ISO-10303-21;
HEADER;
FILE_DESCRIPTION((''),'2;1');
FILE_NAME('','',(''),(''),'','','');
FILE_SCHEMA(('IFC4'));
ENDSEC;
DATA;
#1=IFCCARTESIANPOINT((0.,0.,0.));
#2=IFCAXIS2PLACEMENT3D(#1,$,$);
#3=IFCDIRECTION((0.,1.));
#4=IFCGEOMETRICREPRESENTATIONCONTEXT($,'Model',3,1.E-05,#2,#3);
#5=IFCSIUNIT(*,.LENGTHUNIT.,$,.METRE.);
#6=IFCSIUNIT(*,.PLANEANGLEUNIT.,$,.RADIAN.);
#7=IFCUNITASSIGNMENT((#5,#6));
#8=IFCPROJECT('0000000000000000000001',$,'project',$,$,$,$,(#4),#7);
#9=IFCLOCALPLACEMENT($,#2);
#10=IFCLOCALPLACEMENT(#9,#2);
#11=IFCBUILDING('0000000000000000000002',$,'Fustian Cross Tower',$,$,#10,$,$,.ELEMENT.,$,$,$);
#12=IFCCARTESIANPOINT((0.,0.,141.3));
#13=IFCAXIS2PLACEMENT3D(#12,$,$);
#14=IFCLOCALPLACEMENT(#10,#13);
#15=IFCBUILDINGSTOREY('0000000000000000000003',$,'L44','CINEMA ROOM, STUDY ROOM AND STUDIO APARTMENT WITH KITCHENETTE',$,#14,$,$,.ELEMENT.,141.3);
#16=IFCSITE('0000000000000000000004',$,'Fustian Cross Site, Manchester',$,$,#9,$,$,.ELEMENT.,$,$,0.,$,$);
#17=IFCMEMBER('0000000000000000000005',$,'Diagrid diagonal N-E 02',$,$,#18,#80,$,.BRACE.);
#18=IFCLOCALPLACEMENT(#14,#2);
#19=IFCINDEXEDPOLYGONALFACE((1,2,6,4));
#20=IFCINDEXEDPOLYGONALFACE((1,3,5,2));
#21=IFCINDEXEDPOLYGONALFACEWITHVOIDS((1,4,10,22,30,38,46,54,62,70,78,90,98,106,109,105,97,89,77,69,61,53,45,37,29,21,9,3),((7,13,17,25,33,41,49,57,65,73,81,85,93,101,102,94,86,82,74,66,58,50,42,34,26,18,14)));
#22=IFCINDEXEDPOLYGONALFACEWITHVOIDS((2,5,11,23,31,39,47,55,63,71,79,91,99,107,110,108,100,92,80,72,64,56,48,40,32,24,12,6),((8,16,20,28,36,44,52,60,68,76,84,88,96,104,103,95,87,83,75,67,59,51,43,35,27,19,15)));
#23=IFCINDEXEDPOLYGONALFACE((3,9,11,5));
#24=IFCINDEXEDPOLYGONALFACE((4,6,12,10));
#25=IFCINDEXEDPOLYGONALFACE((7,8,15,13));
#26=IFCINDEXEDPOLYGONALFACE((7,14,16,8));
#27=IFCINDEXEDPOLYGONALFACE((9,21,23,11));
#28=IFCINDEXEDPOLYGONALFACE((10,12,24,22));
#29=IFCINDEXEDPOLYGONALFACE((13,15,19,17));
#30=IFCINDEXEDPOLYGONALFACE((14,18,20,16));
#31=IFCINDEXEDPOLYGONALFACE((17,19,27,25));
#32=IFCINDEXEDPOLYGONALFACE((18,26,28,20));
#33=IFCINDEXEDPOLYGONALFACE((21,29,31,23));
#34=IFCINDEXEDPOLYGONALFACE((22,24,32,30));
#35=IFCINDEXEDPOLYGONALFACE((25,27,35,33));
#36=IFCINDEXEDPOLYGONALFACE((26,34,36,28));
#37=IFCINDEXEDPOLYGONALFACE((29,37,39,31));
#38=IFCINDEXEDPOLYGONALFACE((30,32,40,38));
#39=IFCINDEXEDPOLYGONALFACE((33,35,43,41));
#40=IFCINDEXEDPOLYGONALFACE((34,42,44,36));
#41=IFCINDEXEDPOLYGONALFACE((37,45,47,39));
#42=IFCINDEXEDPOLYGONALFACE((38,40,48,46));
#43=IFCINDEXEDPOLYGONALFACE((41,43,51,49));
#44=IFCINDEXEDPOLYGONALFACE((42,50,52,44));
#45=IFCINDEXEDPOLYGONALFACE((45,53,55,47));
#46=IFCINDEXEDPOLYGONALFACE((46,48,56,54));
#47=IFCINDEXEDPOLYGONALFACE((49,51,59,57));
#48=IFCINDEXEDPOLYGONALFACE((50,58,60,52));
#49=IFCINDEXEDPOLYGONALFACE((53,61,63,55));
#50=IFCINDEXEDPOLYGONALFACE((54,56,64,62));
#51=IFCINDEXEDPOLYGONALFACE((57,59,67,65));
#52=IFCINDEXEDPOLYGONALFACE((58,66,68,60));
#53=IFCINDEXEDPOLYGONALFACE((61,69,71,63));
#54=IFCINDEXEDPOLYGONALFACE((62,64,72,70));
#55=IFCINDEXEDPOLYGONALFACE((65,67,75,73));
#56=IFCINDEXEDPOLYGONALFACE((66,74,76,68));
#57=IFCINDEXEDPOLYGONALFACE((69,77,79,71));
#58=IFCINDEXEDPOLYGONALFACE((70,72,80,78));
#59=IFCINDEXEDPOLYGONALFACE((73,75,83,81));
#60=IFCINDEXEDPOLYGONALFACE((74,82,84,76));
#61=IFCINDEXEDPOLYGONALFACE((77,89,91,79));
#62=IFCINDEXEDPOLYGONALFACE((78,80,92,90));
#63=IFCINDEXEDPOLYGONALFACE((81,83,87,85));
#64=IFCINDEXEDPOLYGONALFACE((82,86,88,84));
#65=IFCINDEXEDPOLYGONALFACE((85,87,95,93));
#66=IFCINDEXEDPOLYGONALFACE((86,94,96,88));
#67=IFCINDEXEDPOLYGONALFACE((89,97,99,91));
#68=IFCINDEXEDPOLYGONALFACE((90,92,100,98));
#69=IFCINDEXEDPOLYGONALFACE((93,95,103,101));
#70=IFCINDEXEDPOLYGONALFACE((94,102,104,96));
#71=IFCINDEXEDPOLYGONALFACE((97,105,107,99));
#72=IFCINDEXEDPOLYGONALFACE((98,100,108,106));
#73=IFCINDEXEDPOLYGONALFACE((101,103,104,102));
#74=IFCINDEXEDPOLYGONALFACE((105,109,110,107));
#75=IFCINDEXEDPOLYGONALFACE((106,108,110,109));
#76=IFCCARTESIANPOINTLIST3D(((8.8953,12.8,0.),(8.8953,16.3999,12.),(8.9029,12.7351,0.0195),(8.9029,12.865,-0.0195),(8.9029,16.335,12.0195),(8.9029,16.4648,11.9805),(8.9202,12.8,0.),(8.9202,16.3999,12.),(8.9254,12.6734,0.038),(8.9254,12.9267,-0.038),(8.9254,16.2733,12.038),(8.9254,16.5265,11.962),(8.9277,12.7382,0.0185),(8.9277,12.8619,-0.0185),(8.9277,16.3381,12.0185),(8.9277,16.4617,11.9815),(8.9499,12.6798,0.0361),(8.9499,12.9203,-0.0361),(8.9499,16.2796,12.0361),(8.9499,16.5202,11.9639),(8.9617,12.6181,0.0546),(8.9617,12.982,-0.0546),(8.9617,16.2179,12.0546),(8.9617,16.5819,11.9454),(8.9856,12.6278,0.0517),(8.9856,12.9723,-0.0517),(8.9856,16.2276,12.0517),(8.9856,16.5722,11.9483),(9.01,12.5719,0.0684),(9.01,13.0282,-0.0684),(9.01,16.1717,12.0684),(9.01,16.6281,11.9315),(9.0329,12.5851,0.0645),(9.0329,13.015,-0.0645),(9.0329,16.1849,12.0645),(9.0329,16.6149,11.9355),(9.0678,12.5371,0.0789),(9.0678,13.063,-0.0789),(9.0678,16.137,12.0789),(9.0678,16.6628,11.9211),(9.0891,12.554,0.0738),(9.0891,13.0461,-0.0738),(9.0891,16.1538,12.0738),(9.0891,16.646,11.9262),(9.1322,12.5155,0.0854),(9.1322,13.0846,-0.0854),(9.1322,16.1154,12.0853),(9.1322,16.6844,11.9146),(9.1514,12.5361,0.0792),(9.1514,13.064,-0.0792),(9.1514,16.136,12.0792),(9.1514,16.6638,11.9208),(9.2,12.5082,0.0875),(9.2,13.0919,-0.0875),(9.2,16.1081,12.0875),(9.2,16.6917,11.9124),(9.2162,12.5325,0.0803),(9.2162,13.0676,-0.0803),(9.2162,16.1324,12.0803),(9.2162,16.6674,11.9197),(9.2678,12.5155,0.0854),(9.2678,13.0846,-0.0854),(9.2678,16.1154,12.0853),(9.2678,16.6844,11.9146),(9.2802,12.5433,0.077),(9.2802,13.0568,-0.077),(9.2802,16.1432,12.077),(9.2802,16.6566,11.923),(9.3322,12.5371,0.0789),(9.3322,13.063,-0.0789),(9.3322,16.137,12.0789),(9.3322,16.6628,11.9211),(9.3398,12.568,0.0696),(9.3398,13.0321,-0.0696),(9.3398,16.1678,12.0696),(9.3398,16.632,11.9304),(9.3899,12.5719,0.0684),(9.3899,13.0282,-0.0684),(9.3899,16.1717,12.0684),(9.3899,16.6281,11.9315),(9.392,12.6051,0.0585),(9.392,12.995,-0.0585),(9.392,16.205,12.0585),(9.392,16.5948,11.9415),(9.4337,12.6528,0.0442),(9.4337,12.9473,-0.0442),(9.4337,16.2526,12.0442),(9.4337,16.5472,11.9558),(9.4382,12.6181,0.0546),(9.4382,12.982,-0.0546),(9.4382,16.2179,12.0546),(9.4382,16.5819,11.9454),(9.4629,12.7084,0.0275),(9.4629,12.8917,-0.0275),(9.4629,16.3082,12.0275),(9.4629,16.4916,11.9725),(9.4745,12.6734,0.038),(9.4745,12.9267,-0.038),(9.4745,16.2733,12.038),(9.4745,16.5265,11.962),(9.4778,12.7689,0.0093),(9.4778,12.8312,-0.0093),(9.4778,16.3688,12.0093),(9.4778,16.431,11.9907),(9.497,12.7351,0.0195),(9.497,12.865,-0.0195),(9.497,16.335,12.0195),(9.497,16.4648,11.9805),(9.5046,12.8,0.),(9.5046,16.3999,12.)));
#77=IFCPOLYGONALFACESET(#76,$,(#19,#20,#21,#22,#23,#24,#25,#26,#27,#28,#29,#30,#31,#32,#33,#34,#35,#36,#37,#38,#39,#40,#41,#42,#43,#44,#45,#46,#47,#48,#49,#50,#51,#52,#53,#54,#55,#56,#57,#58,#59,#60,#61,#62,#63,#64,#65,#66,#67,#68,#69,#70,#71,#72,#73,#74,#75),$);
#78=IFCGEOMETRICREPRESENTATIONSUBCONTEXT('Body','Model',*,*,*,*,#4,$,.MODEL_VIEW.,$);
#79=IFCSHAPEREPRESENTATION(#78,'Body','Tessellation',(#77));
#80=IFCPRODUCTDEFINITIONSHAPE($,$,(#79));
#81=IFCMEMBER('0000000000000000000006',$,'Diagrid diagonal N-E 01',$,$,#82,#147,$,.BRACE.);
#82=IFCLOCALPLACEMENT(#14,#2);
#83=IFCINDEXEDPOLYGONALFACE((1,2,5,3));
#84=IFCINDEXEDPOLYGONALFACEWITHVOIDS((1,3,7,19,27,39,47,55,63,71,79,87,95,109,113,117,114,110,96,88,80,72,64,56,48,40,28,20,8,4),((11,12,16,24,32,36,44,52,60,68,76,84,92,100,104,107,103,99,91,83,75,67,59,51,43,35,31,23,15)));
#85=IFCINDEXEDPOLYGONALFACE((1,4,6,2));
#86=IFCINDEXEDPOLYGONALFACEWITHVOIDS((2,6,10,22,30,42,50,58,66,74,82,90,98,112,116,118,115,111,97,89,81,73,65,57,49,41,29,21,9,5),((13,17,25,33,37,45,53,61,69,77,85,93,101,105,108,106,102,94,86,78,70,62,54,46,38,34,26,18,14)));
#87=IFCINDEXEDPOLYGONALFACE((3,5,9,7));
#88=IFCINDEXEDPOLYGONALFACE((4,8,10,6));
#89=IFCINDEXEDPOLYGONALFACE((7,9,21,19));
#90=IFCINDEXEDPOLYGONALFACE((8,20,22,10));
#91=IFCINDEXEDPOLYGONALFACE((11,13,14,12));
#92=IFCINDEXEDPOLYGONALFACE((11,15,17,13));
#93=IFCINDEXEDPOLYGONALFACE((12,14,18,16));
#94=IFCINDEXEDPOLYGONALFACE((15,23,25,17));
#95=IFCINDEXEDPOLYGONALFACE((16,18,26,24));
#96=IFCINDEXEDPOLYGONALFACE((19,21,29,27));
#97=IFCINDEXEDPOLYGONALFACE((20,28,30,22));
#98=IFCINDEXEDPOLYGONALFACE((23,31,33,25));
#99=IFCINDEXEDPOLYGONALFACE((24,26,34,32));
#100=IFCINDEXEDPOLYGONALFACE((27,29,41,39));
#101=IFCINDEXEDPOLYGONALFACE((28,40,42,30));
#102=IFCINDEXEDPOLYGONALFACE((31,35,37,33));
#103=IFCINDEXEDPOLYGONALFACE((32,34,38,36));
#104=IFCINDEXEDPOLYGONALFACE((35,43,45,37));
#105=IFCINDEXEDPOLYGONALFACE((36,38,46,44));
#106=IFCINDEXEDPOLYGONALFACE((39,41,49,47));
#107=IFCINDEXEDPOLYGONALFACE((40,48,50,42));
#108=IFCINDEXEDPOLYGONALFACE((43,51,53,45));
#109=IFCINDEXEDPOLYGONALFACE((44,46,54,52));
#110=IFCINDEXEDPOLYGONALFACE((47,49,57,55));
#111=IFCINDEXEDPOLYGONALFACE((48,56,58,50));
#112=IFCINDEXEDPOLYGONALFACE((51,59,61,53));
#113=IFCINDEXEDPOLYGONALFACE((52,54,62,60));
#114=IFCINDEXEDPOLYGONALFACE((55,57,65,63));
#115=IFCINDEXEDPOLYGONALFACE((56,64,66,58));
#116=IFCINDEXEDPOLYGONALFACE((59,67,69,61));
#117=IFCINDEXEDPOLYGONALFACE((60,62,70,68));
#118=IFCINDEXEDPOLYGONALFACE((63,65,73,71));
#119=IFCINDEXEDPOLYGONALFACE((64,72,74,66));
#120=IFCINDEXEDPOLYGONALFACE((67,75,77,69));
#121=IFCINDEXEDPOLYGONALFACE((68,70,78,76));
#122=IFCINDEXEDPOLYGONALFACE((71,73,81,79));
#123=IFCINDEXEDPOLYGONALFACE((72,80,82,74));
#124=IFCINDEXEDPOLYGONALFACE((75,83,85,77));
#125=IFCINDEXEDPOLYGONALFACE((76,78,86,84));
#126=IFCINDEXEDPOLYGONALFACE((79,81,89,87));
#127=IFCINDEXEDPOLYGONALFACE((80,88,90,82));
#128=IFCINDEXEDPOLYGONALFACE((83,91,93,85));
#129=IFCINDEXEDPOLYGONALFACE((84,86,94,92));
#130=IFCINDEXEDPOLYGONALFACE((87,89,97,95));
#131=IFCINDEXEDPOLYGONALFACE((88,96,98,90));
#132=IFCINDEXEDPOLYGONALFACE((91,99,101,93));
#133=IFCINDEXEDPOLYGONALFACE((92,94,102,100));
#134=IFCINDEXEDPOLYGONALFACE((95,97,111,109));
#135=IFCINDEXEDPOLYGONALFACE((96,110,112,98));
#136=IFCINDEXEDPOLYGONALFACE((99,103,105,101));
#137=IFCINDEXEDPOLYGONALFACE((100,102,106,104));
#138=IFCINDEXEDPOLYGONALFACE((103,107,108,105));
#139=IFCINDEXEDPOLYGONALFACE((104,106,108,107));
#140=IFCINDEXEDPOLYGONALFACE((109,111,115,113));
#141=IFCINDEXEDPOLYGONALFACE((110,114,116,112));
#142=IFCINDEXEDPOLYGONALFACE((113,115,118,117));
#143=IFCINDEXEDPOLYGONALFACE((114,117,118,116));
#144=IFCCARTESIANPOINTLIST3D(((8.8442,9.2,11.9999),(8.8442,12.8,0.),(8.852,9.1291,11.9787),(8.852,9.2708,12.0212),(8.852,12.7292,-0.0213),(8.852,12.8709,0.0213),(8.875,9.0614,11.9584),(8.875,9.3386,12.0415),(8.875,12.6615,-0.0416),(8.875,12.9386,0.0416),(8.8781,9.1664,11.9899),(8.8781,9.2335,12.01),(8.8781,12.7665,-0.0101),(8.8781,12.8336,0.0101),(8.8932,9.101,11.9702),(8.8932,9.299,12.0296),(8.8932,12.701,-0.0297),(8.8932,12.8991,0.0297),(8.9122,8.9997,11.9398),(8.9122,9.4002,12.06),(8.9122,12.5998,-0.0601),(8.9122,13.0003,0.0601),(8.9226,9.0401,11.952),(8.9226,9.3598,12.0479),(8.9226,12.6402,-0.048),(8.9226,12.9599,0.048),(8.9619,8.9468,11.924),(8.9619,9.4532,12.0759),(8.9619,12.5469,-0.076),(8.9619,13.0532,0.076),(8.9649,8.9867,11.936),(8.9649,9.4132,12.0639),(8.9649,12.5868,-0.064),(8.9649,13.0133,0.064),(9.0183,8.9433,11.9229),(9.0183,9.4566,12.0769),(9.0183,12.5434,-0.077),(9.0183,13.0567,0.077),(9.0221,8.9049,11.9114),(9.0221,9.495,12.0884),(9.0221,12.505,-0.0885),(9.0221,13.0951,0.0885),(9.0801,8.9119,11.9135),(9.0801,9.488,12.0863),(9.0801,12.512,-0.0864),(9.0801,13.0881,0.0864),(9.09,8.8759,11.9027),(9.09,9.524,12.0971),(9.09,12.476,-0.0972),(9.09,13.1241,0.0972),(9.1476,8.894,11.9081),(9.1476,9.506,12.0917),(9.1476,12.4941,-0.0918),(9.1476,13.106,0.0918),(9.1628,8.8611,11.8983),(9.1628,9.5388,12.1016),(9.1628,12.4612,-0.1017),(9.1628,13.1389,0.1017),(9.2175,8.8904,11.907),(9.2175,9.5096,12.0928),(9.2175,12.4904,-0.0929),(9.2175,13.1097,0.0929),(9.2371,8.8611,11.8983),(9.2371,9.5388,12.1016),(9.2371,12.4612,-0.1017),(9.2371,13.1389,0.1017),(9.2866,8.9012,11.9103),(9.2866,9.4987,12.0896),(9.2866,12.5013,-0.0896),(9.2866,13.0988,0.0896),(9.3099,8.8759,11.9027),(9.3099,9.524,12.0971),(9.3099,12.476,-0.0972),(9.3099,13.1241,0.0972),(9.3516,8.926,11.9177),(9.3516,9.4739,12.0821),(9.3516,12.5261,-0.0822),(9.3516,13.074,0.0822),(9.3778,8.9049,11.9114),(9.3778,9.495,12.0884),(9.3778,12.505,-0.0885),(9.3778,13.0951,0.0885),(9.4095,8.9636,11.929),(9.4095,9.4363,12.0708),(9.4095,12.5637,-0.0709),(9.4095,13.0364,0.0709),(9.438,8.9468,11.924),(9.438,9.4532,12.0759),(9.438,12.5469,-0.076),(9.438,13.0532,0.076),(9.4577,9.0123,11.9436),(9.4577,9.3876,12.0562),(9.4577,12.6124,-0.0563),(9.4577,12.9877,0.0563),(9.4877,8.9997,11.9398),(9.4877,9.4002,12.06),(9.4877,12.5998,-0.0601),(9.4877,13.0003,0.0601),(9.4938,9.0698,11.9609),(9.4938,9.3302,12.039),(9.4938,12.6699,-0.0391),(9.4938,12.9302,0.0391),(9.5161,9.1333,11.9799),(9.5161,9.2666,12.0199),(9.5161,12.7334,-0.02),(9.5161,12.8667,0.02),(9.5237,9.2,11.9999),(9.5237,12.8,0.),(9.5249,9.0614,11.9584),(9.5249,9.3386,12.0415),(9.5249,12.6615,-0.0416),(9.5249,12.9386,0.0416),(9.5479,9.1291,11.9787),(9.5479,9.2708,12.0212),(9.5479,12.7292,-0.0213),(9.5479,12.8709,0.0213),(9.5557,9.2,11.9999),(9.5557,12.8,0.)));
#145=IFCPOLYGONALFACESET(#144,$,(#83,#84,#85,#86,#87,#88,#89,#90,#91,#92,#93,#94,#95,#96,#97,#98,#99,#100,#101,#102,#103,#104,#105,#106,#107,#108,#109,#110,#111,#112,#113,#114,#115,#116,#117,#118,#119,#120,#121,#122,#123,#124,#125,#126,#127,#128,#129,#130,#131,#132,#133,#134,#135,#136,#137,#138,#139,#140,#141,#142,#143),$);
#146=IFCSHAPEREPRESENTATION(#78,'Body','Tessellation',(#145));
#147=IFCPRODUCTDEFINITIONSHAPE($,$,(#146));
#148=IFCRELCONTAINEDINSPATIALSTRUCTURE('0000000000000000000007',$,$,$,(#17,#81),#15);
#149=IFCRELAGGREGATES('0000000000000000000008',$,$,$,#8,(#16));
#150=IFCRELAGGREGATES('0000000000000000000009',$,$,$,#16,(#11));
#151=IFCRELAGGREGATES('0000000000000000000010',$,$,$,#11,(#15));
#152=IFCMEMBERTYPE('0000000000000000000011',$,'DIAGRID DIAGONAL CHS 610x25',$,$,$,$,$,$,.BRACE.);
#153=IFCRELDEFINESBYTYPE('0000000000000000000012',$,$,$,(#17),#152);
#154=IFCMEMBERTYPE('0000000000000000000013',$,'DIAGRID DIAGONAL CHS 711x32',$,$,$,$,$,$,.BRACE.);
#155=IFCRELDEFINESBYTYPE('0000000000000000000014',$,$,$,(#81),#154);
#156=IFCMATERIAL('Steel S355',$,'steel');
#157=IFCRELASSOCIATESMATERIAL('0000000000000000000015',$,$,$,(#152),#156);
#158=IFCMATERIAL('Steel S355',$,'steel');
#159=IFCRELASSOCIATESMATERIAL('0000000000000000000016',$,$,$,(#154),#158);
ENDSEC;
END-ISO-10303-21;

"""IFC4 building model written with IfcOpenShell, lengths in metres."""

from ifc_helpers import new_model, si_unit, direction, frame, origin, origin_2d, place, context, subcontext, project, spatial, hollow_circle, extrude, material, material_profile, profile_set, type_object, element, save


model = new_model("IFC4")

# Units and contexts
model_context = context("Model", 3, precision=1e-05, world=origin(), true_north=direction((0.0, 1.0)))
body_context = subcontext(model_context, "Body", "Model", "MODEL_VIEW")
ifc_project = project(units=[si_unit("LENGTHUNIT", "METRE"), si_unit("PLANEANGLEUNIT", "RADIAN")], contexts=[model_context])

# Site, building, storey
site_placement = place(None, origin())
site = spatial("IfcSite", under=ifc_project, at=site_placement, Name="Fustian Cross Site, Manchester", CompositionType="ELEMENT", RefElevation=0.0)
building_placement = place(site_placement, origin())
building = spatial("IfcBuilding", under=site, at=building_placement, Name="Fustian Cross Tower", CompositionType="ELEMENT")
storey_placement = place(building_placement, frame((0.0, 0.0, 141.3)))
storey = spatial("IfcBuildingStorey", under=building, at=storey_placement, Name="L44", Description="CINEMA ROOM, STUDY ROOM AND STUDIO APARTMENT WITH KITCHENETTE", CompositionType="ELEMENT", Elevation=141.3)

# Members
ifc_material_1 = material(Name="Steel S355", Category="steel")
ifc_material_profile_1 = material_profile(ifc_material_1, hollow_circle(Radius=0.3047, WallThickness=0.0249, at=origin_2d()), Name="CHS 610x25")
ifc_profile_set_1 = profile_set([ifc_material_profile_1], Name="Steel S355")
member_type_1 = type_object("IfcMemberType", Name="DIAGRID DIAGONAL CHS 610x25", PredefinedType="BRACE", material=ifc_profile_set_1)
member_1_placement = place(storey_placement, frame((9.2, 12.8, 0.0), z_axis=(0.0, 0.287337, 0.95783), x_axis=(-1.0, 0.0, 0.0)))
element("IfcMember", 1, at=member_1_placement, inside=storey, type_object=member_type_1, Name="Diagrid diagonal N-E 02", PredefinedType="BRACE", context=body_context, shape_type="SweptSolid", body=[
    extrude(hollow_circle(Radius=0.3047, WallThickness=0.0249, at=origin_2d()), origin(), (0.0, 0.0, 1.0), 12.5283),
])
ifc_material_2 = material(Name="Steel S355", Category="steel")
ifc_material_profile_2 = material_profile(ifc_material_2, hollow_circle(Radius=0.3557, WallThickness=0.032, at=origin_2d()), Name="CHS 711x32")
ifc_profile_set_2 = profile_set([ifc_material_profile_2], Name="Steel S355")
member_type_2 = type_object("IfcMemberType", Name="DIAGRID DIAGONAL CHS 711x32", PredefinedType="BRACE", material=ifc_profile_set_2)
member_2_placement = place(storey_placement, frame((9.2, 12.8, 0.0), z_axis=(0.0, -0.287355, 0.957824), x_axis=(1.0, 0.0, 0.0)))
element("IfcMember", 2, at=member_2_placement, inside=storey, type_object=member_type_2, Name="Diagrid diagonal N-E 01", PredefinedType="BRACE", context=body_context, shape_type="SweptSolid", body=[
    extrude(hollow_circle(Radius=0.3557, WallThickness=0.032, at=origin_2d()), origin(), (0.0, 0.0, 1.0), 12.5283),
])

save(model, "model.ifc")
